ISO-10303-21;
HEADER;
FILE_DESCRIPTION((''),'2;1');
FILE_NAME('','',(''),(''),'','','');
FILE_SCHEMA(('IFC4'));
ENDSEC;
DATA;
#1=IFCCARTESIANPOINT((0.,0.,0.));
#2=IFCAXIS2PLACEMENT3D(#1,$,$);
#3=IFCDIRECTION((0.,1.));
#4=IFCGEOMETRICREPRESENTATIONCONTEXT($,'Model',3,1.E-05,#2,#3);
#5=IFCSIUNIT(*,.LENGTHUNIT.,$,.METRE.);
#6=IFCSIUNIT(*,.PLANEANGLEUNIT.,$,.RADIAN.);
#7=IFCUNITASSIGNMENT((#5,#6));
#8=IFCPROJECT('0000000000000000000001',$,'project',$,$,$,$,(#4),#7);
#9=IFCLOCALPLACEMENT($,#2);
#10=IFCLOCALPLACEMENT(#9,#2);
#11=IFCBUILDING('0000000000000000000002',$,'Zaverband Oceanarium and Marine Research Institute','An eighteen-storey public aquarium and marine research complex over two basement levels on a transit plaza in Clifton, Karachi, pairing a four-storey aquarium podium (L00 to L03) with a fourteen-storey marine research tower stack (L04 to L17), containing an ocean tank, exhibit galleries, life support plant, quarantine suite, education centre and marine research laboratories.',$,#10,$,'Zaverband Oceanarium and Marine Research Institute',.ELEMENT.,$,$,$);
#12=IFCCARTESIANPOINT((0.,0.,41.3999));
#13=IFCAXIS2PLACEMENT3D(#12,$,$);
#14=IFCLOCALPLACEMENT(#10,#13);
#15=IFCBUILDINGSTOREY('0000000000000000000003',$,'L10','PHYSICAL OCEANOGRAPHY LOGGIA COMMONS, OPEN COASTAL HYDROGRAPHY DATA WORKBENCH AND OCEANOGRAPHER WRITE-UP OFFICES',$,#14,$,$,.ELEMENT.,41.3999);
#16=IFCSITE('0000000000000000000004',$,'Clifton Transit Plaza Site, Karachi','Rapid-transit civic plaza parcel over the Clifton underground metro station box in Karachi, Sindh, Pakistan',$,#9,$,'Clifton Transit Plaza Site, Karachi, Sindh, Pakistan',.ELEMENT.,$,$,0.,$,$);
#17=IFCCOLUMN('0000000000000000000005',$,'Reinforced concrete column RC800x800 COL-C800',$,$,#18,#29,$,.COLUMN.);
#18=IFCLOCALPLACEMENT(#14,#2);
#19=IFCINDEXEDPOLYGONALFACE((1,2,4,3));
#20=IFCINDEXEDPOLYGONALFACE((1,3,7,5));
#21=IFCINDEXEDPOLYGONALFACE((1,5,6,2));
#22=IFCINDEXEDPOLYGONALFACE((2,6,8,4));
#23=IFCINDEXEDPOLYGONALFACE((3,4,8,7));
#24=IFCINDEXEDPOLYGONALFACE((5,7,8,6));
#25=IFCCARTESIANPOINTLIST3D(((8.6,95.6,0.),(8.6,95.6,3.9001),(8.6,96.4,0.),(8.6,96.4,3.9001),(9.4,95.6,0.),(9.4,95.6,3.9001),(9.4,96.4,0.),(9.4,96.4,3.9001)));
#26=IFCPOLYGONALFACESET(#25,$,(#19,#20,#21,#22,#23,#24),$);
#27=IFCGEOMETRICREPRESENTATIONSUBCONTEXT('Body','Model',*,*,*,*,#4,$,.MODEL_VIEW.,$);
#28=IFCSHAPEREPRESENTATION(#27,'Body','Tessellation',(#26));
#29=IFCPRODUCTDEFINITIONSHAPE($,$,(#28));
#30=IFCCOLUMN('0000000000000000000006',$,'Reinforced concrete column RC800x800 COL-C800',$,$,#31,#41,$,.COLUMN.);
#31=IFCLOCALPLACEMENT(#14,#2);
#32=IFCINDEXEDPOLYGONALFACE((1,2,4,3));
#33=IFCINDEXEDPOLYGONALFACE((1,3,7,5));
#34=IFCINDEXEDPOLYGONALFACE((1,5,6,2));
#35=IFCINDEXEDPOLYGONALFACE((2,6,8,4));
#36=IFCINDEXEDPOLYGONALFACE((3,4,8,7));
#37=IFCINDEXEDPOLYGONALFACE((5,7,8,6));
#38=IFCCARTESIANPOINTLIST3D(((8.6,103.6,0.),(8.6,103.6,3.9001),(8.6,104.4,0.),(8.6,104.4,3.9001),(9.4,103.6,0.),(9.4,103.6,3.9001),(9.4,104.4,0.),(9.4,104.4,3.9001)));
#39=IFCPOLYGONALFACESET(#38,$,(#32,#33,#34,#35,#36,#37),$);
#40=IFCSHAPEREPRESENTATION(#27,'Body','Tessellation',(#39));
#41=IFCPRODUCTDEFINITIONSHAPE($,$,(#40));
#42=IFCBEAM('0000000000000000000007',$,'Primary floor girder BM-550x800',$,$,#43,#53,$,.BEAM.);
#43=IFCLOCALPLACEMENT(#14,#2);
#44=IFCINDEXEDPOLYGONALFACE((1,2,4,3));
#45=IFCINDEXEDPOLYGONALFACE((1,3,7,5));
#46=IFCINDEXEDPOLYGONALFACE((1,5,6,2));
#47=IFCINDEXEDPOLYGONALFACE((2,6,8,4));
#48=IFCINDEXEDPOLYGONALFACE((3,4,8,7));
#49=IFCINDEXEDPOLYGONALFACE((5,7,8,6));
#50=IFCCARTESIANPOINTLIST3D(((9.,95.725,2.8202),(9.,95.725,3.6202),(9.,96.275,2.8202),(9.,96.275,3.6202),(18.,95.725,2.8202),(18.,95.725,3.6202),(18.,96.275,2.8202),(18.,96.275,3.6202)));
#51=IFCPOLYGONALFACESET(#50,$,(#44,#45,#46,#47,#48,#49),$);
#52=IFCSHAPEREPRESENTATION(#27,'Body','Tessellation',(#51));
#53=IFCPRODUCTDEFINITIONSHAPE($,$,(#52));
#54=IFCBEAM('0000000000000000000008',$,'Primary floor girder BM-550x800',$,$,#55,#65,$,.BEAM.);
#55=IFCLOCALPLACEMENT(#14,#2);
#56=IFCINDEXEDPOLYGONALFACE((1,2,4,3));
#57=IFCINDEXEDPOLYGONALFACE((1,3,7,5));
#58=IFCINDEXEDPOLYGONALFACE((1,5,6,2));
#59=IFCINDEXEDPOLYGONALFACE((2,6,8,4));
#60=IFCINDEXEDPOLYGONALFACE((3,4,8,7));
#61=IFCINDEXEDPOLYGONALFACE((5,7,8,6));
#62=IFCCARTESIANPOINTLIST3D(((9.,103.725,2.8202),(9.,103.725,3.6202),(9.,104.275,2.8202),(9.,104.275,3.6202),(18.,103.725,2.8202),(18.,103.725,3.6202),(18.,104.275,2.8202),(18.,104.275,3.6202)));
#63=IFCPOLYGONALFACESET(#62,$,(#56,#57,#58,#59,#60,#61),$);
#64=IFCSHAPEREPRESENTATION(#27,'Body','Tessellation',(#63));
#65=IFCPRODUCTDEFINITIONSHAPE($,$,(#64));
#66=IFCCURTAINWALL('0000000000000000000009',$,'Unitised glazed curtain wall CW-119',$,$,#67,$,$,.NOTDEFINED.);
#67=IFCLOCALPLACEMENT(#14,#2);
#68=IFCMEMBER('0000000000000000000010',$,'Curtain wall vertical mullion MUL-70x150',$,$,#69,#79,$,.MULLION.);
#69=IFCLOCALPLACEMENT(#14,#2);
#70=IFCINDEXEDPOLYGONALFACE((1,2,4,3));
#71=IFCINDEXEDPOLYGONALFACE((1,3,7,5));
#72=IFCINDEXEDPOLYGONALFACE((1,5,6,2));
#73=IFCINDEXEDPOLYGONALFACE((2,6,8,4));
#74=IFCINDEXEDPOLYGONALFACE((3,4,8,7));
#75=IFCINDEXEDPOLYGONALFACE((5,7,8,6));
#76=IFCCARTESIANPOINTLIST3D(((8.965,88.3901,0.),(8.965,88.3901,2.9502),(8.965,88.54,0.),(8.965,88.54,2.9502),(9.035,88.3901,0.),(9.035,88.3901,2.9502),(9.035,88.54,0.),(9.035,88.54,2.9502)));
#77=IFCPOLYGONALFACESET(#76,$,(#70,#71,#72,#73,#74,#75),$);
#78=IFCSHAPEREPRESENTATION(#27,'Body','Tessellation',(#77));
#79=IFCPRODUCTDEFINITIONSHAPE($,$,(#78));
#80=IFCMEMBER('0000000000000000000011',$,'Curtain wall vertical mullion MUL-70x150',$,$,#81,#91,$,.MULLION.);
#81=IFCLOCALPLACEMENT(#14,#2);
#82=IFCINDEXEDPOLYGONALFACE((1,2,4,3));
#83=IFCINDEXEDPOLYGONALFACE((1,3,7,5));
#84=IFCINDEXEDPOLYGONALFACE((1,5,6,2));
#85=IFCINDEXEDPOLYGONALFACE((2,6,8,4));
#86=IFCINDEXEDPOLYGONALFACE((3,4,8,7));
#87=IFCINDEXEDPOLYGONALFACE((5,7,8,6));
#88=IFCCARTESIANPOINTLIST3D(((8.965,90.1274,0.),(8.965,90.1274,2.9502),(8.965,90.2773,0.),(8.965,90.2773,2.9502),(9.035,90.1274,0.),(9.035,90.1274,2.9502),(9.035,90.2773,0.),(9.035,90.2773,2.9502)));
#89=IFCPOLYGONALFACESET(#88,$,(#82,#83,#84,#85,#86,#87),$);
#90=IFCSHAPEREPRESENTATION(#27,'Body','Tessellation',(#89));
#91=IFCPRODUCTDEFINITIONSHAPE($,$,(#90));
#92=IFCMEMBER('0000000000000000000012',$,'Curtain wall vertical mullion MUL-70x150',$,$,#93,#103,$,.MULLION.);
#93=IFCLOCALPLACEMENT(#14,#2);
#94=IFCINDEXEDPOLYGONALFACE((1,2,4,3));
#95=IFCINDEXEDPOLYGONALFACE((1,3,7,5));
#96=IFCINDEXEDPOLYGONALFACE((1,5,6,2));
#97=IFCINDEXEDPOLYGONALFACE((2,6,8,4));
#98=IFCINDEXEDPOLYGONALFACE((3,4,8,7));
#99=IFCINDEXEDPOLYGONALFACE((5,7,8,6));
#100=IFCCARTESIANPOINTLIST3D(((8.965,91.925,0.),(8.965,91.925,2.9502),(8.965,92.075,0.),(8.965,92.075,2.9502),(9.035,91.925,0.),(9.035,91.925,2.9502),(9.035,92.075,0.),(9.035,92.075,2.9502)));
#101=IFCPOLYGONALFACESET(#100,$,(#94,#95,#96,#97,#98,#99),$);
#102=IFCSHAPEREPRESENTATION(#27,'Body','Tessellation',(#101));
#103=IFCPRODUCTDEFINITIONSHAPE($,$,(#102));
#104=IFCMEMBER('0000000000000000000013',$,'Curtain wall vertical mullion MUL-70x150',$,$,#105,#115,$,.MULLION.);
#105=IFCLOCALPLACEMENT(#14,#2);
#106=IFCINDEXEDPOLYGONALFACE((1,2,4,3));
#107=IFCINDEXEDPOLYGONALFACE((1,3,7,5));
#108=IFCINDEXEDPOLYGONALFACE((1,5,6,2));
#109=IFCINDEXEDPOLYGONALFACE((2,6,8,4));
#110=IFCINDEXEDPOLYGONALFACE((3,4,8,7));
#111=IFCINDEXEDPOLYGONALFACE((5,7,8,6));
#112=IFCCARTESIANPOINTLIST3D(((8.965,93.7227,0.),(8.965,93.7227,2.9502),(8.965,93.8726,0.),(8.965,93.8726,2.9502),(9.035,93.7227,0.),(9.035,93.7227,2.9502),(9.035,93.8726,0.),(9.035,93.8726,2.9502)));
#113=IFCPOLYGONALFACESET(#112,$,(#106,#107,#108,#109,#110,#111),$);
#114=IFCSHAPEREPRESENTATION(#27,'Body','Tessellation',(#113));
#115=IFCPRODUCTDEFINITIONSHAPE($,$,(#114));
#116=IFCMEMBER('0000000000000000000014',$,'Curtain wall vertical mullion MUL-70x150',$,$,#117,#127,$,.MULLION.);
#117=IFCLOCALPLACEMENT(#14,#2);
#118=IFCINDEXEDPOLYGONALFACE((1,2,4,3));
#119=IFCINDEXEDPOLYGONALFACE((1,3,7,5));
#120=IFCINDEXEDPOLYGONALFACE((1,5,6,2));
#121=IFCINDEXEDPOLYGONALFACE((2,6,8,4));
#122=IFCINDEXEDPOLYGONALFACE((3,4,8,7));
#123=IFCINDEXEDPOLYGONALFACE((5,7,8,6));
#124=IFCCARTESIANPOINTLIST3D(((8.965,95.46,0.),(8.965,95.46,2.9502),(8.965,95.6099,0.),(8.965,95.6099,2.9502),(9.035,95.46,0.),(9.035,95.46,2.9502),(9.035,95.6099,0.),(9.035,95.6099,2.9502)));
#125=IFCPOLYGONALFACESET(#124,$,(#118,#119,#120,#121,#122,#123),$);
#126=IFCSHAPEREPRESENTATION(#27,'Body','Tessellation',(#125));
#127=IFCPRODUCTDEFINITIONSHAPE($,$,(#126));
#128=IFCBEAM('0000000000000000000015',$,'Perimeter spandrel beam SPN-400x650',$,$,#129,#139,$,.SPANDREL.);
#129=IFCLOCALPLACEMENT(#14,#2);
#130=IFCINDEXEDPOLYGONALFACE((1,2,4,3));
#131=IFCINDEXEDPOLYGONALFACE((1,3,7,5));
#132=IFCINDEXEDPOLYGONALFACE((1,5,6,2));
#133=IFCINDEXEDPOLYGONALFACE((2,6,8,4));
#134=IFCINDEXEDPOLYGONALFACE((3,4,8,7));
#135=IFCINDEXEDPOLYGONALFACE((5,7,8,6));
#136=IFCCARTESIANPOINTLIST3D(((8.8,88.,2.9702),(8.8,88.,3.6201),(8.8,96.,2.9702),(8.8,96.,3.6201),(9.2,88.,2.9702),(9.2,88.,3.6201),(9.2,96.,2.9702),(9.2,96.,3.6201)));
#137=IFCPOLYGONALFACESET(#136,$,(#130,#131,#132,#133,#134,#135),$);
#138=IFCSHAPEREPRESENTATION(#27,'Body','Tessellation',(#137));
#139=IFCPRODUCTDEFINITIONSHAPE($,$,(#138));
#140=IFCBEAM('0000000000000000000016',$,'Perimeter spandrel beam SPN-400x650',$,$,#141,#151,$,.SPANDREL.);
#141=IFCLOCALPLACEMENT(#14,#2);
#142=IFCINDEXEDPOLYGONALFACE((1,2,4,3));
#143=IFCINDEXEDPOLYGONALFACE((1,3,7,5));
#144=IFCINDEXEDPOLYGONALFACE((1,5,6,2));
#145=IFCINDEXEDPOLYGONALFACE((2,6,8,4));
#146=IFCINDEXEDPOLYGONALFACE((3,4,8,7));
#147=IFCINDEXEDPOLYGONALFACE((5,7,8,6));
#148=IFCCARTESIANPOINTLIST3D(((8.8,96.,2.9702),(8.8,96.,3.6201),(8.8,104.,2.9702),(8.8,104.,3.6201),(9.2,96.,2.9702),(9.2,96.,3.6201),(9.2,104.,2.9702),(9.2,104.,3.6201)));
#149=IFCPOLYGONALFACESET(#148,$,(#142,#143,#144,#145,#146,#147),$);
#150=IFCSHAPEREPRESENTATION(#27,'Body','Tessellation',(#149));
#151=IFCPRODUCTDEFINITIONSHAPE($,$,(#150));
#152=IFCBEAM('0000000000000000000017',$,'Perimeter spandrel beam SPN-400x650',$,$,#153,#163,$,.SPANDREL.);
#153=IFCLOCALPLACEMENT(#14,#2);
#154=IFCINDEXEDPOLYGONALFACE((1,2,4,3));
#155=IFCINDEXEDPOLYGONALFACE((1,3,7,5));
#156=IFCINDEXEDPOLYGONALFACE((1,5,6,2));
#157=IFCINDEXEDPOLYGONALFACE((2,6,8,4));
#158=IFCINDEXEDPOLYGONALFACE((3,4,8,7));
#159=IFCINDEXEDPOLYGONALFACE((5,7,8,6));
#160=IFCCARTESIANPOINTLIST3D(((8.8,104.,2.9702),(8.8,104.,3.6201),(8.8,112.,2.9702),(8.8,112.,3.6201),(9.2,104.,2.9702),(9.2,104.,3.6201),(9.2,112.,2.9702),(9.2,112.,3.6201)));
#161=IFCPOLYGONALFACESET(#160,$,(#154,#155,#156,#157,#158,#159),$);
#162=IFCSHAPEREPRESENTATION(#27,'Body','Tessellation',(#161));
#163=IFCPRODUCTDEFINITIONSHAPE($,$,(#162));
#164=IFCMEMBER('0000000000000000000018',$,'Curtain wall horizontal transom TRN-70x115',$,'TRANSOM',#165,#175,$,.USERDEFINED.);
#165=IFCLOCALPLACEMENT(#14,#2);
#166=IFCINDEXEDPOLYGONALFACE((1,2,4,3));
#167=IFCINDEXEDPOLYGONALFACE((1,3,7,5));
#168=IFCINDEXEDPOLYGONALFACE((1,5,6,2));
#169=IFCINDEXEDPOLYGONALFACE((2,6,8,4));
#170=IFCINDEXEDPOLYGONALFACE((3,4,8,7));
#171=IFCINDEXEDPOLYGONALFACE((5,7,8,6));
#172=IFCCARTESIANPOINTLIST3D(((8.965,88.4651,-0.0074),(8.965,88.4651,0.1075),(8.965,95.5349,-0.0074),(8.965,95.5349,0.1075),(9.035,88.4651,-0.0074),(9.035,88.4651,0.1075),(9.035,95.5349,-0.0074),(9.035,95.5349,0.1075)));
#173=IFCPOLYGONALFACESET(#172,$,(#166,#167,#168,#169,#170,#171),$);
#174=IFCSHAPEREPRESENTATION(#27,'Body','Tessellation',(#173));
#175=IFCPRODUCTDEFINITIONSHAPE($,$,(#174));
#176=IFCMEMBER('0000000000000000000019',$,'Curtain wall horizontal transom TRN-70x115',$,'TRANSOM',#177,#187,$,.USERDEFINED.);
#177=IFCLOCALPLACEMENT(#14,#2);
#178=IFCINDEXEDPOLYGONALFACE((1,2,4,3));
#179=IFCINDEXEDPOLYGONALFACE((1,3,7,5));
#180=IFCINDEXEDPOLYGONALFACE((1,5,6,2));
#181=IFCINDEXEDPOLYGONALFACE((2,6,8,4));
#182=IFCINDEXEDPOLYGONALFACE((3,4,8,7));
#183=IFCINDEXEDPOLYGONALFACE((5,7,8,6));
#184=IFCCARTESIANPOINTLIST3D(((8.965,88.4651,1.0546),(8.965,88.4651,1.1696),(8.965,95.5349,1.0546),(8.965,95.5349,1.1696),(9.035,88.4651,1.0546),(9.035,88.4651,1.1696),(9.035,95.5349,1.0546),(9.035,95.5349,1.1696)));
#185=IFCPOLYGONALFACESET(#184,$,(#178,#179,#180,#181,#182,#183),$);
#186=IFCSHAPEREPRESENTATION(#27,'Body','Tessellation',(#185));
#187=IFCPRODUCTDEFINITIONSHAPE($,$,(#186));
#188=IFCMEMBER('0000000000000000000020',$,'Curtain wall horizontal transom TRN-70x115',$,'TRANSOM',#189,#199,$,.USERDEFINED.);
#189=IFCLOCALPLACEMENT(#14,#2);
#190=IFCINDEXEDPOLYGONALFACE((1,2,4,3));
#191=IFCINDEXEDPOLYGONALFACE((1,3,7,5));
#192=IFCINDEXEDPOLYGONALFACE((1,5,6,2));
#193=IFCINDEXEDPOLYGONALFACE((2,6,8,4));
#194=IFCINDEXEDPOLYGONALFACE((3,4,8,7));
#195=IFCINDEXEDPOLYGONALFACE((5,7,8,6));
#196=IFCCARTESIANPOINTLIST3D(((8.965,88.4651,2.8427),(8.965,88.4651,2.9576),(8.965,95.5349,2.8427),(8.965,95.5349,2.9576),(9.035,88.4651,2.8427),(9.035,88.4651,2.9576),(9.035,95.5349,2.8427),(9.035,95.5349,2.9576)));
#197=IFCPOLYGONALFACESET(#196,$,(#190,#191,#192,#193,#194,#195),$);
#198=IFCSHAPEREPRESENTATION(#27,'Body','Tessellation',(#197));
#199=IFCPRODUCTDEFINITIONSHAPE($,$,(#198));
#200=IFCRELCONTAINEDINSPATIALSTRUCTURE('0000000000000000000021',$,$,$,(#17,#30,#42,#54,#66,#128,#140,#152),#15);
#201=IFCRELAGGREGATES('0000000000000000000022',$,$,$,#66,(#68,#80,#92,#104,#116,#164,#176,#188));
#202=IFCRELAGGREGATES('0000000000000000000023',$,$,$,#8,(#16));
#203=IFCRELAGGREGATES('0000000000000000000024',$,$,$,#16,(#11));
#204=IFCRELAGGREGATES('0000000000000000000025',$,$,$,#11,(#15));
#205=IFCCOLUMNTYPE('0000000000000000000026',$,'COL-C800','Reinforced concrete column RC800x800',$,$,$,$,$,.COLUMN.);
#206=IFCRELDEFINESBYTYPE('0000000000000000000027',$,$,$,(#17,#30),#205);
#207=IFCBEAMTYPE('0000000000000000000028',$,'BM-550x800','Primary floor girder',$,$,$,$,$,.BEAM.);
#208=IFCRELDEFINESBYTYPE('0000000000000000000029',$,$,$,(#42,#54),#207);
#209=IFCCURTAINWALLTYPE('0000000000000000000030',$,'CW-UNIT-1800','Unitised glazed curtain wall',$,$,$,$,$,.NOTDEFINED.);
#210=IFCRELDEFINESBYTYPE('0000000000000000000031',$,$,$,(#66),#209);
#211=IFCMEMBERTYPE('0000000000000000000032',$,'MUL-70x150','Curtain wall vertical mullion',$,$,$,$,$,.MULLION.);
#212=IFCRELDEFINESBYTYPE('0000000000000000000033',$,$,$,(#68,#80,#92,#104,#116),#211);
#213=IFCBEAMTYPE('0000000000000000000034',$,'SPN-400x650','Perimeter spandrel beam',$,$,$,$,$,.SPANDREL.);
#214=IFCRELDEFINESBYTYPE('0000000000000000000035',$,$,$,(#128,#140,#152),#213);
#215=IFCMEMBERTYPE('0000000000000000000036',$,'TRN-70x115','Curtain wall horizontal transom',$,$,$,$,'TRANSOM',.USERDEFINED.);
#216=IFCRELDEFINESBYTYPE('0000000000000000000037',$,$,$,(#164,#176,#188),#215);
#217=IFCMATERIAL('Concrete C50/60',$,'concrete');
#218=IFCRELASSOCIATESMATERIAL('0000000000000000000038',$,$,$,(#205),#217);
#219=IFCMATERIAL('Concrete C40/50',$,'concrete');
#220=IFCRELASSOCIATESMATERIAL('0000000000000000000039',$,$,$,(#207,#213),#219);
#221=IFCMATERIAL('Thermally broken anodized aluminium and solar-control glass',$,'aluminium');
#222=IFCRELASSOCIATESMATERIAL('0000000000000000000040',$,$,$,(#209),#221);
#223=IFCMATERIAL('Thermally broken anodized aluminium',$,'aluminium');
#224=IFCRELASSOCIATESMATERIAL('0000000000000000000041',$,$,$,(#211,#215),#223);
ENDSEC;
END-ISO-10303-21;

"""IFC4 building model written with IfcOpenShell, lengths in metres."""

from ifc_helpers import new_model, si_unit, direction, frame, origin, origin_2d, place, context, subcontext, project, spatial, rectangle, extrude, material, material_profile, profile_set, type_object, element, aggregate, save


model = new_model("IFC4")

# Units and contexts
model_context = context("Model", 3, precision=1e-05, world=origin(), true_north=direction((0.0, 1.0)))
body_context = subcontext(model_context, "Body", "Model", "MODEL_VIEW")
ifc_project = project(units=[si_unit("LENGTHUNIT", "METRE"), si_unit("PLANEANGLEUNIT", "RADIAN")], contexts=[model_context])

# Site, building, storey
site_placement = place(None, origin())
site = spatial("IfcSite", under=ifc_project, at=site_placement, Name="Clifton Transit Plaza Site, Karachi", Description="Rapid-transit civic plaza parcel over the Clifton underground metro station box in Karachi, Sindh, Pakistan", LongName="Clifton Transit Plaza Site, Karachi, Sindh, Pakistan", CompositionType="ELEMENT", RefElevation=0.0)
building_placement = place(site_placement, origin())
building = spatial("IfcBuilding", under=site, at=building_placement, Name="Zaverband Oceanarium and Marine Research Institute", Description="An eighteen-storey public aquarium and marine research complex over two basement levels on a transit plaza in Clifton, Karachi, pairing a four-storey aquarium podium (L00 to L03) with a fourteen-storey marine research tower stack (L04 to L17), containing an ocean tank, exhibit galleries, life support plant, quarantine suite, education centre and marine research laboratories.", LongName="Zaverband Oceanarium and Marine Research Institute", CompositionType="ELEMENT")
storey_placement = place(building_placement, frame((0.0, 0.0, 41.3999)))
storey = spatial("IfcBuildingStorey", under=building, at=storey_placement, Name="L10", Description="PHYSICAL OCEANOGRAPHY LOGGIA COMMONS, OPEN COASTAL HYDROGRAPHY DATA WORKBENCH AND OCEANOGRAPHER WRITE-UP OFFICES", CompositionType="ELEMENT", Elevation=41.3999)

# Columns
ifc_material_1 = material(Name="Concrete C50/60", Category="concrete")
ifc_material_profile_1 = material_profile(ifc_material_1, rectangle(XDim=0.8, YDim=0.8, at=origin_2d()), Name="RC800x800")
ifc_profile_set_1 = profile_set([ifc_material_profile_1], Name="Concrete C50/60")
column_type = type_object("IfcColumnType", Name="COL-C800", Description="Reinforced concrete column RC800x800", PredefinedType="COLUMN", material=ifc_profile_set_1)
for number, where, z_axis, x_axis, name in (
    (1, (9.0, 96.0, 0.0), (0.0, 0.0, 1.0), (1.0, 0.0, 0.0), "Reinforced concrete column RC800x800 COL-C800"),
    (2, (9.0, 104.0, 0.0), (0.0, 0.0, 1.0), (1.0, 0.0, 0.0), "Reinforced concrete column RC800x800 COL-C800"),
):
    element("IfcColumn", number, at=place(storey_placement, frame(where, z_axis=z_axis, x_axis=x_axis)), inside=storey, type_object=column_type, Name=name, PredefinedType="COLUMN", context=body_context, shape_type="SweptSolid", body=[
        extrude(rectangle(XDim=0.8, YDim=0.8, at=origin_2d()), origin(), (0.0, 0.0, 1.0), 3.9001),
    ])

# Beams
ifc_material_2 = material(Name="Concrete C40/50", Category="concrete")
ifc_material_profile_2 = material_profile(ifc_material_2, rectangle(XDim=0.55, YDim=0.8, at=origin_2d()), Name="RC550x800")
ifc_profile_set_2 = profile_set([ifc_material_profile_2], Name="Concrete C40/50")
beam_type_1 = type_object("IfcBeamType", Name="BM-550x800", Description="Primary floor girder", PredefinedType="BEAM", material=ifc_profile_set_2)
for number, where, z_axis, x_axis, name in (
    (3, (9.0, 96.0, 3.2202), (1.0, 0.0, 0.0), (0.0, 1.0, 0.0), "Primary floor girder BM-550x800"),
    (4, (9.0, 104.0, 3.2202), (1.0, 0.0, 0.0), (0.0, 1.0, 0.0), "Primary floor girder BM-550x800"),
):
    element("IfcBeam", number, at=place(storey_placement, frame(where, z_axis=z_axis, x_axis=x_axis)), inside=storey, type_object=beam_type_1, Name=name, PredefinedType="BEAM", context=body_context, shape_type="SweptSolid", body=[
        extrude(rectangle(XDim=0.55, YDim=0.8, at=origin_2d()), origin(), (0.0, 0.0, 1.0), 9.0),
    ])

# Curtain wall, members
ifc_material_3 = material(Name="Thermally broken anodized aluminium and solar-control glass", Category="aluminium")
curtain_wall_type = type_object("IfcCurtainWallType", Name="CW-UNIT-1800", Description="Unitised glazed curtain wall", PredefinedType="NOTDEFINED", material=ifc_material_3)
curtain_wall_placement = place(storey_placement, origin())
curtain_wall = element("IfcCurtainWall", 5, at=curtain_wall_placement, inside=storey, type_object=curtain_wall_type, Name="Unitised glazed curtain wall CW-119", PredefinedType="NOTDEFINED")
ifc_material_4 = material(Name="Thermally broken anodized aluminium", Category="aluminium")
ifc_material_profile_3 = material_profile(ifc_material_4, rectangle(XDim=0.0701, YDim=0.1499, at=origin_2d()), Name="AL-MUL-70x150")
ifc_profile_set_3 = profile_set([ifc_material_profile_3], Name="Thermally broken anodized aluminium")
member_type_1 = type_object("IfcMemberType", Name="MUL-70x150", Description="Curtain wall vertical mullion", PredefinedType="MULLION", material=ifc_profile_set_3)
member_1_placement = place(storey_placement, frame((9.0, 88.4651, 0.0), z_axis=(0.0, 0.0, 1.0), x_axis=(1.0, 0.0, 0.0)))
member_1 = element("IfcMember", 6, at=member_1_placement, type_object=member_type_1, Name="Curtain wall vertical mullion MUL-70x150", PredefinedType="MULLION", context=body_context, shape_type="SweptSolid", body=[
    extrude(rectangle(XDim=0.0701, YDim=0.1499, at=origin_2d()), origin(), (0.0, 0.0, 1.0), 2.9502),
])
member_2_placement = place(storey_placement, frame((9.0, 90.2024, 0.0), z_axis=(0.0, 0.0, 1.0), x_axis=(1.0, 0.0, 0.0)))
member_2 = element("IfcMember", 7, at=member_2_placement, type_object=member_type_1, Name="Curtain wall vertical mullion MUL-70x150", PredefinedType="MULLION", context=body_context, shape_type="SweptSolid", body=[
    extrude(rectangle(XDim=0.0701, YDim=0.1499, at=origin_2d()), origin(), (0.0, 0.0, 1.0), 2.9502),
])
member_3_placement = place(storey_placement, frame((9.0, 92.0, 0.0), z_axis=(0.0, 0.0, 1.0), x_axis=(1.0, 0.0, 0.0)))
member_3 = element("IfcMember", 8, at=member_3_placement, type_object=member_type_1, Name="Curtain wall vertical mullion MUL-70x150", PredefinedType="MULLION", context=body_context, shape_type="SweptSolid", body=[
    extrude(rectangle(XDim=0.0701, YDim=0.1499, at=origin_2d()), origin(), (0.0, 0.0, 1.0), 2.9502),
])
member_4_placement = place(storey_placement, frame((9.0, 93.7976, 0.0), z_axis=(0.0, 0.0, 1.0), x_axis=(1.0, 0.0, 0.0)))
member_4 = element("IfcMember", 9, at=member_4_placement, type_object=member_type_1, Name="Curtain wall vertical mullion MUL-70x150", PredefinedType="MULLION", context=body_context, shape_type="SweptSolid", body=[
    extrude(rectangle(XDim=0.0701, YDim=0.1499, at=origin_2d()), origin(), (0.0, 0.0, 1.0), 2.9502),
])
member_5_placement = place(storey_placement, frame((9.0, 95.5349, 0.0), z_axis=(0.0, 0.0, 1.0), x_axis=(1.0, 0.0, 0.0)))
member_5 = element("IfcMember", 10, at=member_5_placement, type_object=member_type_1, Name="Curtain wall vertical mullion MUL-70x150", PredefinedType="MULLION", context=body_context, shape_type="SweptSolid", body=[
    extrude(rectangle(XDim=0.0701, YDim=0.1499, at=origin_2d()), origin(), (0.0, 0.0, 1.0), 2.9502),
])

# Beams
ifc_material_profile_4 = material_profile(ifc_material_2, rectangle(XDim=0.3999, YDim=0.6499, at=origin_2d()), Name="RC400x650")
ifc_profile_set_4 = profile_set([ifc_material_profile_4], Name="Concrete C40/50")
beam_type_2 = type_object("IfcBeamType", Name="SPN-400x650", Description="Perimeter spandrel beam", PredefinedType="SPANDREL", material=ifc_profile_set_4)
for number, where, z_axis, x_axis, name in (
    (11, (9.0, 88.0, 3.2952), (0.0, 1.0, 0.0), (-1.0, 0.0, 0.0), "Perimeter spandrel beam SPN-400x650"),
    (12, (9.0, 96.0, 3.2952), (0.0, 1.0, 0.0), (-1.0, 0.0, 0.0), "Perimeter spandrel beam SPN-400x650"),
    (13, (9.0, 104.0, 3.2952), (0.0, 1.0, 0.0), (-1.0, 0.0, 0.0), "Perimeter spandrel beam SPN-400x650"),
):
    element("IfcBeam", number, at=place(storey_placement, frame(where, z_axis=z_axis, x_axis=x_axis)), inside=storey, type_object=beam_type_2, Name=name, PredefinedType="SPANDREL", context=body_context, shape_type="SweptSolid", body=[
        extrude(rectangle(XDim=0.3999, YDim=0.6499, at=origin_2d()), origin(), (0.0, 0.0, 1.0), 8.0),
    ])

# Members
ifc_material_profile_5 = material_profile(ifc_material_4, rectangle(XDim=0.0701, YDim=0.115, at=origin_2d()), Name="AL-TRN-70x115")
ifc_profile_set_5 = profile_set([ifc_material_profile_5], Name="Thermally broken anodized aluminium")
member_type_2 = type_object("IfcMemberType", Name="TRN-70x115", Description="Curtain wall horizontal transom", ElementType="TRANSOM", PredefinedType="USERDEFINED", material=ifc_profile_set_5)
member_6_placement = place(storey_placement, frame((9.0, 88.4651, 0.05), z_axis=(0.0, 1.0, 0.0), x_axis=(-1.0, 0.0, 0.0)))
member_6 = element("IfcMember", 14, at=member_6_placement, type_object=member_type_2, Name="Curtain wall horizontal transom TRN-70x115", ObjectType="TRANSOM", PredefinedType="USERDEFINED", context=body_context, shape_type="SweptSolid", body=[
    extrude(rectangle(XDim=0.0701, YDim=0.115, at=origin_2d()), origin(), (0.0, 0.0, 1.0), 7.0698),
])
member_7_placement = place(storey_placement, frame((9.0, 88.4651, 1.1121), z_axis=(0.0, 1.0, 0.0), x_axis=(-1.0, 0.0, 0.0)))
member_7 = element("IfcMember", 15, at=member_7_placement, type_object=member_type_2, Name="Curtain wall horizontal transom TRN-70x115", ObjectType="TRANSOM", PredefinedType="USERDEFINED", context=body_context, shape_type="SweptSolid", body=[
    extrude(rectangle(XDim=0.0701, YDim=0.115, at=origin_2d()), origin(), (0.0, 0.0, 1.0), 7.0698),
])
member_8_placement = place(storey_placement, frame((9.0, 88.4651, 2.9001), z_axis=(0.0, 1.0, 0.0), x_axis=(-1.0, 0.0, 0.0)))
member_8 = element("IfcMember", 16, at=member_8_placement, type_object=member_type_2, Name="Curtain wall horizontal transom TRN-70x115", ObjectType="TRANSOM", PredefinedType="USERDEFINED", context=body_context, shape_type="SweptSolid", body=[
    extrude(rectangle(XDim=0.0701, YDim=0.115, at=origin_2d()), origin(), (0.0, 0.0, 1.0), 7.0698),
])

aggregate(curtain_wall, [member_1, member_2, member_3, member_4, member_5, member_6, member_7, member_8])

save(model, "model.ifc")
